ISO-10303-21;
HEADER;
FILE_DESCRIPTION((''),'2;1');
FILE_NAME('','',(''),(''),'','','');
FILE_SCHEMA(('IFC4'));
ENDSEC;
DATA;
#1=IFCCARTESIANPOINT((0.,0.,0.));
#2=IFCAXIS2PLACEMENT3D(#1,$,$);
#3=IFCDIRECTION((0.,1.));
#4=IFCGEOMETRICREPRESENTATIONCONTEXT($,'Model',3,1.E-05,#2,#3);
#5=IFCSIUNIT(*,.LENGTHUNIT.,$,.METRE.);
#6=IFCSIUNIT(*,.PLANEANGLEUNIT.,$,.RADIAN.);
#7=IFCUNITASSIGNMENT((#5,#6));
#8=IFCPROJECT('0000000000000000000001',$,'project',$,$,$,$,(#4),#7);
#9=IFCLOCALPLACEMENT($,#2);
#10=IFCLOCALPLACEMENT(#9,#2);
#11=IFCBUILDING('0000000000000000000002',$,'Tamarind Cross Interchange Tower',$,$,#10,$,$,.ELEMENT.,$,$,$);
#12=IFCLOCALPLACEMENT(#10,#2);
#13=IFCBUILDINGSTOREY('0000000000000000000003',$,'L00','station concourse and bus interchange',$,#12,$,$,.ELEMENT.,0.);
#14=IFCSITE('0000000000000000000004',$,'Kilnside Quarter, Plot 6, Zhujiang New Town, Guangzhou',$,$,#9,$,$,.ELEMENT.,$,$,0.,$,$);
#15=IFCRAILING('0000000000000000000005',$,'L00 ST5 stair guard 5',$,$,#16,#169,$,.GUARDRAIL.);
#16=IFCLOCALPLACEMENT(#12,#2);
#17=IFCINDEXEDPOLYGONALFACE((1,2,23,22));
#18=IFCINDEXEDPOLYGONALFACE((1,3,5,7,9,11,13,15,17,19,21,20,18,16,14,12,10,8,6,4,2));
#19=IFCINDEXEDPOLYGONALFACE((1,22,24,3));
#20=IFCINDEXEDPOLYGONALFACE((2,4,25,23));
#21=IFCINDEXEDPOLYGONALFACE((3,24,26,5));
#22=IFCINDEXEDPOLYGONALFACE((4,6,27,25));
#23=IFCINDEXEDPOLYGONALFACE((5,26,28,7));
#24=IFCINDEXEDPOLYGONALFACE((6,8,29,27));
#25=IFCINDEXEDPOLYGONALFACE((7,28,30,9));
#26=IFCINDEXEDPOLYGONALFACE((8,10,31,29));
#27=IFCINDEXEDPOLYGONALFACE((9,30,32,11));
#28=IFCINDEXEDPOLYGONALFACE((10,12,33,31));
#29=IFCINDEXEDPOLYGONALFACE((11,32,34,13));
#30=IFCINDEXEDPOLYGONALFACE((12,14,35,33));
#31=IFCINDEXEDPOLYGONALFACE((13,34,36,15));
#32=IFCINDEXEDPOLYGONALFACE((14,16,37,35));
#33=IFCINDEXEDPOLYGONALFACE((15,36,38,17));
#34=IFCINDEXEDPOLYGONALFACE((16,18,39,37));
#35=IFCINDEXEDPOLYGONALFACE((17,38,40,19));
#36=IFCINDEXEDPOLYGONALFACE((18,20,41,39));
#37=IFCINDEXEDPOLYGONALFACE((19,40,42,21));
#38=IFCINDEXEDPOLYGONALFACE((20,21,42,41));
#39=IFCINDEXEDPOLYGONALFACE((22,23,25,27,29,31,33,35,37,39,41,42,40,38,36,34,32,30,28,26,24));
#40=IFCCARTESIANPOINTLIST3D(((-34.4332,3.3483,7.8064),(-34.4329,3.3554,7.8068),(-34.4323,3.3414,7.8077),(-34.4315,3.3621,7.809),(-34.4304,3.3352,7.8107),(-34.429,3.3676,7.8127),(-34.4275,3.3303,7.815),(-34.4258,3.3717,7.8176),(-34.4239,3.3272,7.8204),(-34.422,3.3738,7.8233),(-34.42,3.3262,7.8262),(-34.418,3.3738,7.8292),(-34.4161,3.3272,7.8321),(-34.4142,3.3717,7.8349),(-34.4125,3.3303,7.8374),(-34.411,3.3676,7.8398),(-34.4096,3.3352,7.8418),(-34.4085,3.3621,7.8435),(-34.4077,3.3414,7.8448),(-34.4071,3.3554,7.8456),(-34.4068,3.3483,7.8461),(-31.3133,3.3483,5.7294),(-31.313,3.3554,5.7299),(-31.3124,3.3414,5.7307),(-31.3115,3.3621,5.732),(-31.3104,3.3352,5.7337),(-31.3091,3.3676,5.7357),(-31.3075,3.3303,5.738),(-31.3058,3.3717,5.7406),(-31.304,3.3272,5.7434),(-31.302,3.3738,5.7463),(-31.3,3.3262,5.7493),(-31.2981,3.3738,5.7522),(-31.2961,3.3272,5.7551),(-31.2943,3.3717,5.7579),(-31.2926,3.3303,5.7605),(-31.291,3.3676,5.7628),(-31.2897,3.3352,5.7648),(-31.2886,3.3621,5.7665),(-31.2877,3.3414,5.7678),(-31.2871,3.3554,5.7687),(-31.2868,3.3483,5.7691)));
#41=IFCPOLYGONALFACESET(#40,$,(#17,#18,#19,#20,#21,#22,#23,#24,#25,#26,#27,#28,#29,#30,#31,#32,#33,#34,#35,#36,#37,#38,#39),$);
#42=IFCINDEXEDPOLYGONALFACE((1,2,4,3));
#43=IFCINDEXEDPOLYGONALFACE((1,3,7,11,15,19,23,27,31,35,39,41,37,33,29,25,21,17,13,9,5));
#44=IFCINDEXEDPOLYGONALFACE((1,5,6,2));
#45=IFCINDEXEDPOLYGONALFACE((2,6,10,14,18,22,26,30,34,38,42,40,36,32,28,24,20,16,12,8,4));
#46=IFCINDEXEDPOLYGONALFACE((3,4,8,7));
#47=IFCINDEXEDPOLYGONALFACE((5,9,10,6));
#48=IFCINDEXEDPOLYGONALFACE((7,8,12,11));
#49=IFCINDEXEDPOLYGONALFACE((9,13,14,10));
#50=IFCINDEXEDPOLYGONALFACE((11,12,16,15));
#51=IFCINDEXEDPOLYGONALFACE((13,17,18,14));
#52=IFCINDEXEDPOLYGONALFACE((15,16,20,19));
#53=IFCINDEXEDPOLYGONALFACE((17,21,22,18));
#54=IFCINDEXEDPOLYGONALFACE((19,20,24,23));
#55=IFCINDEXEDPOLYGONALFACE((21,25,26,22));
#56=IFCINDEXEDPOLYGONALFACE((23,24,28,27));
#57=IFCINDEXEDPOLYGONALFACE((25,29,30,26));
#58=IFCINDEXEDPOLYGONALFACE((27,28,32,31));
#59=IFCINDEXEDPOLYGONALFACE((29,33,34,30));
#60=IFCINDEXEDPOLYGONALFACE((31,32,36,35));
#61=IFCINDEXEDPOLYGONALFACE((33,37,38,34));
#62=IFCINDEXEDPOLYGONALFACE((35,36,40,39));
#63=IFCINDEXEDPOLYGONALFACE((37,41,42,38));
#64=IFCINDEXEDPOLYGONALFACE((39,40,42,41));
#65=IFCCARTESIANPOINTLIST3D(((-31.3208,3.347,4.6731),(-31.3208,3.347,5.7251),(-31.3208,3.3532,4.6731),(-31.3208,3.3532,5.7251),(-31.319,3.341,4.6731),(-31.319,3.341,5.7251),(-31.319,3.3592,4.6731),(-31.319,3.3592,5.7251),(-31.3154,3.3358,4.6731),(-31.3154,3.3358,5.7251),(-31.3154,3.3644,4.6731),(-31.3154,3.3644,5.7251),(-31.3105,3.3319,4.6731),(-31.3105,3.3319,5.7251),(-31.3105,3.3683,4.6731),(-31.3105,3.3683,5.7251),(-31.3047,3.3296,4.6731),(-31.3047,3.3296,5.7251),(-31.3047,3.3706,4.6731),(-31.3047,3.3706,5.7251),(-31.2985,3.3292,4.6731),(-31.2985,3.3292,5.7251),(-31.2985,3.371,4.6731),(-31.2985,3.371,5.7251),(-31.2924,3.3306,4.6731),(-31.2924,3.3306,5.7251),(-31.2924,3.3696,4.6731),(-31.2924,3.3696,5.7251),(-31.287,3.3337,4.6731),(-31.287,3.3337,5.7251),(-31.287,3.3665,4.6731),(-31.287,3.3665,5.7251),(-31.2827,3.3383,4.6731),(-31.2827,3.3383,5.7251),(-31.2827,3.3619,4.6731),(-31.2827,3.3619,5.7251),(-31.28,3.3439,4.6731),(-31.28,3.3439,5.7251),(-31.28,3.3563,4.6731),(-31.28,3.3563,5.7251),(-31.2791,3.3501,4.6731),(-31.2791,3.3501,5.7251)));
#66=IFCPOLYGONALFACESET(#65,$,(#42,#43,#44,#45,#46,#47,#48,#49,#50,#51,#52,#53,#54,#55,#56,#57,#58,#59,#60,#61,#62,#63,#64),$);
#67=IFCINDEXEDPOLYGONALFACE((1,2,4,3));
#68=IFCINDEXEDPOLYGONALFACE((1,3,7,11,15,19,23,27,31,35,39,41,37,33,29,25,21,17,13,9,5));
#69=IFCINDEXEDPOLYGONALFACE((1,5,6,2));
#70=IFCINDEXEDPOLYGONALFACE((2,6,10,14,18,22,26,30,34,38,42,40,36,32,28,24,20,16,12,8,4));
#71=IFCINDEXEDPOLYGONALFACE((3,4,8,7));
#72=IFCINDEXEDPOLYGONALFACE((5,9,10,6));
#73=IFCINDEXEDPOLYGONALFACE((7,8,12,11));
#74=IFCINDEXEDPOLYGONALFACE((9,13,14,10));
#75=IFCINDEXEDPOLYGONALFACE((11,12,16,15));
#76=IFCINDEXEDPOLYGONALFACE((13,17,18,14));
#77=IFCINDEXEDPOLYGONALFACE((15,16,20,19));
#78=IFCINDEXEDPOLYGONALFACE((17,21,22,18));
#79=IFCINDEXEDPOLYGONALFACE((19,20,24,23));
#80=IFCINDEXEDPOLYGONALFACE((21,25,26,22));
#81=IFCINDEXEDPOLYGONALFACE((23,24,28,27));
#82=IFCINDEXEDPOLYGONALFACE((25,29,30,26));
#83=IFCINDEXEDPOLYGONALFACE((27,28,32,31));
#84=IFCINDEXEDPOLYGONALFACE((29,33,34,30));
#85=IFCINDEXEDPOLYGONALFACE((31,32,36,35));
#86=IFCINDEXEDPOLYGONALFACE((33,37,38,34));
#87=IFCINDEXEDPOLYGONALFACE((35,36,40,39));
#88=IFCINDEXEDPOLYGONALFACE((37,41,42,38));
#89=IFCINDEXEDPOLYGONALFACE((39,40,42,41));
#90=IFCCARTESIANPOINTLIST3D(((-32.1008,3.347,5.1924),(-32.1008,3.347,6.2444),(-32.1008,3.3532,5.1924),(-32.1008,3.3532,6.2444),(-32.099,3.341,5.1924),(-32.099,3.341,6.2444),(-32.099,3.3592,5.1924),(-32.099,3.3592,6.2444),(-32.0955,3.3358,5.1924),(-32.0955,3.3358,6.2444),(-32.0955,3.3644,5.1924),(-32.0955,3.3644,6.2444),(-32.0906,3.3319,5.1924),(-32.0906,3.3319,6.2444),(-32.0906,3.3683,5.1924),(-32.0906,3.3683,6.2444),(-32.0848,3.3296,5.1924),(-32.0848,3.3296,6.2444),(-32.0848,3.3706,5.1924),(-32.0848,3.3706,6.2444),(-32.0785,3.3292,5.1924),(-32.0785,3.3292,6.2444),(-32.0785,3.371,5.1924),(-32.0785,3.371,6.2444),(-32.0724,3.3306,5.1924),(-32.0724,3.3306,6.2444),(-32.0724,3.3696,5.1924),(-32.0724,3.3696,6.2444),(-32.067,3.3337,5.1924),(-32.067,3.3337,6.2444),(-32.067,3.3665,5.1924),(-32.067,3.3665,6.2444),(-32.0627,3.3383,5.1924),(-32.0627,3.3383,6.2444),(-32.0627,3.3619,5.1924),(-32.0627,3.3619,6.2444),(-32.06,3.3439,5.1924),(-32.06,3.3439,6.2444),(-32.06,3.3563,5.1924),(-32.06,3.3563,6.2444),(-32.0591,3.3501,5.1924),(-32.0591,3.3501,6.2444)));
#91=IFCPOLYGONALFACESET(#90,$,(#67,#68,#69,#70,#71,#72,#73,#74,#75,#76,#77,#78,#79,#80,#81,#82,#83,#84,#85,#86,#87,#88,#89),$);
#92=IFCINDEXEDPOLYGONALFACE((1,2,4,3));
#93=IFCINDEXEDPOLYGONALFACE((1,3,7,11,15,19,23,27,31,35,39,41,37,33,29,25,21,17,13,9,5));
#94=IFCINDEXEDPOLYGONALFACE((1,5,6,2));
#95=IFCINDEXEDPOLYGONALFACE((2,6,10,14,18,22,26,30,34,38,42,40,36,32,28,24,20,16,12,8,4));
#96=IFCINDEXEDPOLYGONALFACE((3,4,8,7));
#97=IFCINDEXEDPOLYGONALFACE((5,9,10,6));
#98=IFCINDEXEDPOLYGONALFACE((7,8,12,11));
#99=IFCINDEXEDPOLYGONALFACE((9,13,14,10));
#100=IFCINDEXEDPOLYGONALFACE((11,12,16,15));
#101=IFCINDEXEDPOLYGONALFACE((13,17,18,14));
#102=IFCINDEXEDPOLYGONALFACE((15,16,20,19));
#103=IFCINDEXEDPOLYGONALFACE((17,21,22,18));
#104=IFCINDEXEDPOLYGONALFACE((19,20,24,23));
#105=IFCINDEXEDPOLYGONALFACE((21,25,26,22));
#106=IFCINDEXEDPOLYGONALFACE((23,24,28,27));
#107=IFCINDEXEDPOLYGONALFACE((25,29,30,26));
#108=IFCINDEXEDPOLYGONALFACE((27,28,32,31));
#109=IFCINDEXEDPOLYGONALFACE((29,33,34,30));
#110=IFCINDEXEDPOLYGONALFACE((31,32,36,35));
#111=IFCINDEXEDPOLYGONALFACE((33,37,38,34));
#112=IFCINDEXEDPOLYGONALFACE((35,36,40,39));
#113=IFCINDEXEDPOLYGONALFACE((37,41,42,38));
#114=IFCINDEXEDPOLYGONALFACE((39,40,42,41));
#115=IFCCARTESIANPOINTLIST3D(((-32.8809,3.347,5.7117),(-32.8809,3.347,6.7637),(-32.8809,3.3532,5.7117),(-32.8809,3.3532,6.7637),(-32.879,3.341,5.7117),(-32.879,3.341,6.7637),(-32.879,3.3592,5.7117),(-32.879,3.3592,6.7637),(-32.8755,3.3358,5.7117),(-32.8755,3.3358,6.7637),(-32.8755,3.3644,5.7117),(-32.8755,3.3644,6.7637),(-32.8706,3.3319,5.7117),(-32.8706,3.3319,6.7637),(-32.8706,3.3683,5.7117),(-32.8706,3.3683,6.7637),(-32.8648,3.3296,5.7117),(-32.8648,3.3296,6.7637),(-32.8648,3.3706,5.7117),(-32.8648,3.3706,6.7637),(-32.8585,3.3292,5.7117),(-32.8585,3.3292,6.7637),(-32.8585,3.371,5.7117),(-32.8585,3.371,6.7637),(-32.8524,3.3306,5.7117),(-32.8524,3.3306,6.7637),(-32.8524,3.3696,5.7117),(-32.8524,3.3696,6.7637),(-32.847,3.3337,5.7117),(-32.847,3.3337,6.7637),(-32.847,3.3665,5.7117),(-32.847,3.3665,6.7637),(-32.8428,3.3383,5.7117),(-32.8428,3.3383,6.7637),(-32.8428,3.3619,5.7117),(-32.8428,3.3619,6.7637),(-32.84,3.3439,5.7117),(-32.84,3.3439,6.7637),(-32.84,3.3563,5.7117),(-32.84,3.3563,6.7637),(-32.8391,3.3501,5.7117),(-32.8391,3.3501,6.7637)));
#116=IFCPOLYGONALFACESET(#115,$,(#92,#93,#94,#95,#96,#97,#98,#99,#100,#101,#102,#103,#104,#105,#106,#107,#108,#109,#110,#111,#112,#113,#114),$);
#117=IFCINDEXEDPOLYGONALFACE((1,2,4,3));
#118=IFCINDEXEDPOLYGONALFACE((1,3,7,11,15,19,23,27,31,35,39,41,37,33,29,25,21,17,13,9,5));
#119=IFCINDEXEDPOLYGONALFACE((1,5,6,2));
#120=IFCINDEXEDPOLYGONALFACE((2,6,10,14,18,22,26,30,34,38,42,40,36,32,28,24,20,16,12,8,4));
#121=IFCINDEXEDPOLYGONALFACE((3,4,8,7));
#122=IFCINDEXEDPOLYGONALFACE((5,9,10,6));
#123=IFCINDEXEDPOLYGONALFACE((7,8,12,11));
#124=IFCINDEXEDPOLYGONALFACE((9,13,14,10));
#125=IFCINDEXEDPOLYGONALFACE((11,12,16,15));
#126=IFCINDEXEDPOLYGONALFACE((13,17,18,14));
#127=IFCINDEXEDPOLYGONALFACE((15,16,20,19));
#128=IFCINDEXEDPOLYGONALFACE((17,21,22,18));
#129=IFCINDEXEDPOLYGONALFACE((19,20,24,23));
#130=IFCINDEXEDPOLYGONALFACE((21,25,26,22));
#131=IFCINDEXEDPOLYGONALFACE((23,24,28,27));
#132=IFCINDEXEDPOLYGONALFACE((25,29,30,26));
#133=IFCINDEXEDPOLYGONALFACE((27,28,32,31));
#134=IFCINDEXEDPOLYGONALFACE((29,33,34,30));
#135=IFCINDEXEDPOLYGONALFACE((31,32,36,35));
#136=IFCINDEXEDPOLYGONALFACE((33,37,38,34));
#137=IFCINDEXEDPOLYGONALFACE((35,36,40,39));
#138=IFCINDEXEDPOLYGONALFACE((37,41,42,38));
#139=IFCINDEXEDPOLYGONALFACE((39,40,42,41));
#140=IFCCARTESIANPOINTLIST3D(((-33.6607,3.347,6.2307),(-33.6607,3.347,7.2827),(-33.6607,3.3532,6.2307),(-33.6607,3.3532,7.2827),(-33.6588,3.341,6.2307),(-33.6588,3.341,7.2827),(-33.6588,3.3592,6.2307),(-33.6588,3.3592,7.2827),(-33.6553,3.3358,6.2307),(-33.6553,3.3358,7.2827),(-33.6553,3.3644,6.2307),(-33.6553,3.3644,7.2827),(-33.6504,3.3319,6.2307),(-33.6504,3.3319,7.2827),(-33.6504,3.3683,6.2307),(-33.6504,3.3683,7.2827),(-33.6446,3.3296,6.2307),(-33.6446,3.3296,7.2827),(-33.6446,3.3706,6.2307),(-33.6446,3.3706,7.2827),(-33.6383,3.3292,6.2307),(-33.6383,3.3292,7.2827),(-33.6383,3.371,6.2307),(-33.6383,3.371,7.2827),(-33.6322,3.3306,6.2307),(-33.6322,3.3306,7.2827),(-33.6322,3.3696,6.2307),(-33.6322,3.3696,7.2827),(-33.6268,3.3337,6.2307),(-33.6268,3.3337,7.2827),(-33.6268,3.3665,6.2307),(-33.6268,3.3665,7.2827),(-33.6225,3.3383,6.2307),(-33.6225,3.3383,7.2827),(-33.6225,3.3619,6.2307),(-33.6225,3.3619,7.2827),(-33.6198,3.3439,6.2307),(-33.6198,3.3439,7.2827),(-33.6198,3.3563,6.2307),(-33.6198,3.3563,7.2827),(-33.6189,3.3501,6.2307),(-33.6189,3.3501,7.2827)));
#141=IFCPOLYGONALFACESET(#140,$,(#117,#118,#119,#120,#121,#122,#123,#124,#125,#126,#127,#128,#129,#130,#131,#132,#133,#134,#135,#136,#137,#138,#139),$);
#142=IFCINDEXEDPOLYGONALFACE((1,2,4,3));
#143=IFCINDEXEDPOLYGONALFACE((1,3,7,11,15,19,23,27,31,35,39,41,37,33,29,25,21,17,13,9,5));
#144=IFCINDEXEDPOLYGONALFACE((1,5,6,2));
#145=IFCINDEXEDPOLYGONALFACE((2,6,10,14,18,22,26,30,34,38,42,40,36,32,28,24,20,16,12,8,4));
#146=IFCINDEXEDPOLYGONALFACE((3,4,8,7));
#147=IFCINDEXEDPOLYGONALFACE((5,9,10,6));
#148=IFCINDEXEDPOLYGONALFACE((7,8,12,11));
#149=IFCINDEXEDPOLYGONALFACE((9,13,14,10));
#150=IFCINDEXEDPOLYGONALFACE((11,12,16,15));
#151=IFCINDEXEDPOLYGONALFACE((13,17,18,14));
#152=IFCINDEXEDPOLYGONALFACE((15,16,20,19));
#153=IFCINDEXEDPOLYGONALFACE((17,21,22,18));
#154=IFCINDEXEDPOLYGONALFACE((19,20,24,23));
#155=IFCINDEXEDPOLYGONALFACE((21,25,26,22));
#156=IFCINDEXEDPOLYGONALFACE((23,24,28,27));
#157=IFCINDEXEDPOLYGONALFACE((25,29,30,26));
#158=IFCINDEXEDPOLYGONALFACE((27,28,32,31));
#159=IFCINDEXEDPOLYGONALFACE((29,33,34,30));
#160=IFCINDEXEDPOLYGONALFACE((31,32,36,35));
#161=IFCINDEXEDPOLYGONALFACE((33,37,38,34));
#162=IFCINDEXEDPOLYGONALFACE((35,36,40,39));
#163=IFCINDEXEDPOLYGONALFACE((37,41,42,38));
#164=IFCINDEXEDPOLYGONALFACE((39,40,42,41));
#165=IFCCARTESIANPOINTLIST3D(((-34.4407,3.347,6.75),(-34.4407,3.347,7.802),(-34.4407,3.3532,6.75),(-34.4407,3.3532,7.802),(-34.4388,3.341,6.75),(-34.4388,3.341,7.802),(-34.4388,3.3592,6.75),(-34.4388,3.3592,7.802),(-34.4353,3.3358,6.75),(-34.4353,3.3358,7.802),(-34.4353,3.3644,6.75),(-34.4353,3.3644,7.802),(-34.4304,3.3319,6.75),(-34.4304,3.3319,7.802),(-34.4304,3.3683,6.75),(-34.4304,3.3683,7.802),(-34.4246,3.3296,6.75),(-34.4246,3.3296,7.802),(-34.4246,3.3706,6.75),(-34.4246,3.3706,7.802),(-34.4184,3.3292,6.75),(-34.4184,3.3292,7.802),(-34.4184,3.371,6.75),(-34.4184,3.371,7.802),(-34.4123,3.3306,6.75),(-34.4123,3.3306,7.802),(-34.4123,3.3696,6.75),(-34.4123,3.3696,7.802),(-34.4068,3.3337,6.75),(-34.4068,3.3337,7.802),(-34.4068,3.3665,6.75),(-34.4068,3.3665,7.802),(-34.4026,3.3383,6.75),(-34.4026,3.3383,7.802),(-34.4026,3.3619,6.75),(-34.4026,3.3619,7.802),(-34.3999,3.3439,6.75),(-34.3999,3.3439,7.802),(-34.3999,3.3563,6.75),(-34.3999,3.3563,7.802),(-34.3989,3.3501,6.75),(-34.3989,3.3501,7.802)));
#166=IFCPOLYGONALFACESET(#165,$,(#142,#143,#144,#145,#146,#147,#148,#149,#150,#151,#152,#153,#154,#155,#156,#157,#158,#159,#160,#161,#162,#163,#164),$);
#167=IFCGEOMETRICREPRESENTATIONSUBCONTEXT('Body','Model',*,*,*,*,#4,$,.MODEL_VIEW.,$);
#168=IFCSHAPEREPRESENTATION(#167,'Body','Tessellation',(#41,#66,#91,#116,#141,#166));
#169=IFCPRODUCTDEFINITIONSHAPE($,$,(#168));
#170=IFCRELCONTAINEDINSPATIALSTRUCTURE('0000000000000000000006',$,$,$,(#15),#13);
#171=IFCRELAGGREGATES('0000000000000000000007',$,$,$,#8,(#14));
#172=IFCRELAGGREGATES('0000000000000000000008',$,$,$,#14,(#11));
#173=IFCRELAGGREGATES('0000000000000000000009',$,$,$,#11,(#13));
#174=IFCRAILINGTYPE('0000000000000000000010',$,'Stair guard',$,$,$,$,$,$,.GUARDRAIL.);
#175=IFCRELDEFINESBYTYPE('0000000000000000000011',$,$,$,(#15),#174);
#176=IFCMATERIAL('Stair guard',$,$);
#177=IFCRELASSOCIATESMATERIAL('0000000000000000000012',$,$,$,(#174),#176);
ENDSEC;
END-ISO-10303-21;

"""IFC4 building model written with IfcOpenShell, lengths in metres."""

from ifc_helpers import new_model, si_unit, direction, frame, origin, origin_2d, place, context, subcontext, project, spatial, circle, extrude, material, type_object, element, save


model = new_model("IFC4")

# Units and contexts
model_context = context("Model", 3, precision=1e-05, world=origin(), true_north=direction((0.0, 1.0)))
body_context = subcontext(model_context, "Body", "Model", "MODEL_VIEW")
ifc_project = project(units=[si_unit("LENGTHUNIT", "METRE"), si_unit("PLANEANGLEUNIT", "RADIAN")], contexts=[model_context])

# Site, building, storey
site_placement = place(None, origin())
site = spatial("IfcSite", under=ifc_project, at=site_placement, Name="Kilnside Quarter, Plot 6, Zhujiang New Town, Guangzhou", CompositionType="ELEMENT", RefElevation=0.0)
building_placement = place(site_placement, origin())
building = spatial("IfcBuilding", under=site, at=building_placement, Name="Tamarind Cross Interchange Tower", CompositionType="ELEMENT")
storey_placement = place(building_placement, origin())
storey = spatial("IfcBuildingStorey", under=building, at=storey_placement, Name="L00", Description="station concourse and bus interchange", CompositionType="ELEMENT", Elevation=0.0)

# Railing
ifc_material_1 = material(Name="Stair guard")
railing_type_1 = type_object("IfcRailingType", Name="Stair guard", PredefinedType="GUARDRAIL", material=ifc_material_1)
railing_1_placement = place(storey_placement, frame((-31.3, 3.3501, 4.6731)))
element("IfcRailing", 1, at=railing_1_placement, inside=storey, type_object=railing_type_1, Name="L00 ST5 stair guard 5", PredefinedType="GUARDRAIL", context=body_context, shape_type="SweptSolid", body=[
    extrude(circle(Radius=0.0239, at=origin_2d()), frame((0.0, 0.0, 1.0762), z_axis=(-0.832421, 0.0, 0.554144), x_axis=(0.0, -1.0, 0.0)), (0.0, 0.0, 1.0), 3.748),
    extrude(circle(Radius=0.021, at=origin_2d()), origin(), (0.0, 0.0, 1.0), 1.052),
    extrude(circle(Radius=0.021, at=origin_2d()), frame((-0.78, 0.0, 0.5193)), (0.0, 0.0, 1.0), 1.052),
    extrude(circle(Radius=0.021, at=origin_2d()), frame((-1.5601, 0.0, 1.0386)), (0.0, 0.0, 1.0), 1.052),
    extrude(circle(Radius=0.021, at=origin_2d()), frame((-2.3398, 0.0, 1.5576)), (0.0, 0.0, 1.0), 1.052),
    extrude(circle(Radius=0.021, at=origin_2d()), frame((-3.1199, 0.0, 2.0769)), (0.0, 0.0, 1.0), 1.052),
])

save(model, "model.ifc")
